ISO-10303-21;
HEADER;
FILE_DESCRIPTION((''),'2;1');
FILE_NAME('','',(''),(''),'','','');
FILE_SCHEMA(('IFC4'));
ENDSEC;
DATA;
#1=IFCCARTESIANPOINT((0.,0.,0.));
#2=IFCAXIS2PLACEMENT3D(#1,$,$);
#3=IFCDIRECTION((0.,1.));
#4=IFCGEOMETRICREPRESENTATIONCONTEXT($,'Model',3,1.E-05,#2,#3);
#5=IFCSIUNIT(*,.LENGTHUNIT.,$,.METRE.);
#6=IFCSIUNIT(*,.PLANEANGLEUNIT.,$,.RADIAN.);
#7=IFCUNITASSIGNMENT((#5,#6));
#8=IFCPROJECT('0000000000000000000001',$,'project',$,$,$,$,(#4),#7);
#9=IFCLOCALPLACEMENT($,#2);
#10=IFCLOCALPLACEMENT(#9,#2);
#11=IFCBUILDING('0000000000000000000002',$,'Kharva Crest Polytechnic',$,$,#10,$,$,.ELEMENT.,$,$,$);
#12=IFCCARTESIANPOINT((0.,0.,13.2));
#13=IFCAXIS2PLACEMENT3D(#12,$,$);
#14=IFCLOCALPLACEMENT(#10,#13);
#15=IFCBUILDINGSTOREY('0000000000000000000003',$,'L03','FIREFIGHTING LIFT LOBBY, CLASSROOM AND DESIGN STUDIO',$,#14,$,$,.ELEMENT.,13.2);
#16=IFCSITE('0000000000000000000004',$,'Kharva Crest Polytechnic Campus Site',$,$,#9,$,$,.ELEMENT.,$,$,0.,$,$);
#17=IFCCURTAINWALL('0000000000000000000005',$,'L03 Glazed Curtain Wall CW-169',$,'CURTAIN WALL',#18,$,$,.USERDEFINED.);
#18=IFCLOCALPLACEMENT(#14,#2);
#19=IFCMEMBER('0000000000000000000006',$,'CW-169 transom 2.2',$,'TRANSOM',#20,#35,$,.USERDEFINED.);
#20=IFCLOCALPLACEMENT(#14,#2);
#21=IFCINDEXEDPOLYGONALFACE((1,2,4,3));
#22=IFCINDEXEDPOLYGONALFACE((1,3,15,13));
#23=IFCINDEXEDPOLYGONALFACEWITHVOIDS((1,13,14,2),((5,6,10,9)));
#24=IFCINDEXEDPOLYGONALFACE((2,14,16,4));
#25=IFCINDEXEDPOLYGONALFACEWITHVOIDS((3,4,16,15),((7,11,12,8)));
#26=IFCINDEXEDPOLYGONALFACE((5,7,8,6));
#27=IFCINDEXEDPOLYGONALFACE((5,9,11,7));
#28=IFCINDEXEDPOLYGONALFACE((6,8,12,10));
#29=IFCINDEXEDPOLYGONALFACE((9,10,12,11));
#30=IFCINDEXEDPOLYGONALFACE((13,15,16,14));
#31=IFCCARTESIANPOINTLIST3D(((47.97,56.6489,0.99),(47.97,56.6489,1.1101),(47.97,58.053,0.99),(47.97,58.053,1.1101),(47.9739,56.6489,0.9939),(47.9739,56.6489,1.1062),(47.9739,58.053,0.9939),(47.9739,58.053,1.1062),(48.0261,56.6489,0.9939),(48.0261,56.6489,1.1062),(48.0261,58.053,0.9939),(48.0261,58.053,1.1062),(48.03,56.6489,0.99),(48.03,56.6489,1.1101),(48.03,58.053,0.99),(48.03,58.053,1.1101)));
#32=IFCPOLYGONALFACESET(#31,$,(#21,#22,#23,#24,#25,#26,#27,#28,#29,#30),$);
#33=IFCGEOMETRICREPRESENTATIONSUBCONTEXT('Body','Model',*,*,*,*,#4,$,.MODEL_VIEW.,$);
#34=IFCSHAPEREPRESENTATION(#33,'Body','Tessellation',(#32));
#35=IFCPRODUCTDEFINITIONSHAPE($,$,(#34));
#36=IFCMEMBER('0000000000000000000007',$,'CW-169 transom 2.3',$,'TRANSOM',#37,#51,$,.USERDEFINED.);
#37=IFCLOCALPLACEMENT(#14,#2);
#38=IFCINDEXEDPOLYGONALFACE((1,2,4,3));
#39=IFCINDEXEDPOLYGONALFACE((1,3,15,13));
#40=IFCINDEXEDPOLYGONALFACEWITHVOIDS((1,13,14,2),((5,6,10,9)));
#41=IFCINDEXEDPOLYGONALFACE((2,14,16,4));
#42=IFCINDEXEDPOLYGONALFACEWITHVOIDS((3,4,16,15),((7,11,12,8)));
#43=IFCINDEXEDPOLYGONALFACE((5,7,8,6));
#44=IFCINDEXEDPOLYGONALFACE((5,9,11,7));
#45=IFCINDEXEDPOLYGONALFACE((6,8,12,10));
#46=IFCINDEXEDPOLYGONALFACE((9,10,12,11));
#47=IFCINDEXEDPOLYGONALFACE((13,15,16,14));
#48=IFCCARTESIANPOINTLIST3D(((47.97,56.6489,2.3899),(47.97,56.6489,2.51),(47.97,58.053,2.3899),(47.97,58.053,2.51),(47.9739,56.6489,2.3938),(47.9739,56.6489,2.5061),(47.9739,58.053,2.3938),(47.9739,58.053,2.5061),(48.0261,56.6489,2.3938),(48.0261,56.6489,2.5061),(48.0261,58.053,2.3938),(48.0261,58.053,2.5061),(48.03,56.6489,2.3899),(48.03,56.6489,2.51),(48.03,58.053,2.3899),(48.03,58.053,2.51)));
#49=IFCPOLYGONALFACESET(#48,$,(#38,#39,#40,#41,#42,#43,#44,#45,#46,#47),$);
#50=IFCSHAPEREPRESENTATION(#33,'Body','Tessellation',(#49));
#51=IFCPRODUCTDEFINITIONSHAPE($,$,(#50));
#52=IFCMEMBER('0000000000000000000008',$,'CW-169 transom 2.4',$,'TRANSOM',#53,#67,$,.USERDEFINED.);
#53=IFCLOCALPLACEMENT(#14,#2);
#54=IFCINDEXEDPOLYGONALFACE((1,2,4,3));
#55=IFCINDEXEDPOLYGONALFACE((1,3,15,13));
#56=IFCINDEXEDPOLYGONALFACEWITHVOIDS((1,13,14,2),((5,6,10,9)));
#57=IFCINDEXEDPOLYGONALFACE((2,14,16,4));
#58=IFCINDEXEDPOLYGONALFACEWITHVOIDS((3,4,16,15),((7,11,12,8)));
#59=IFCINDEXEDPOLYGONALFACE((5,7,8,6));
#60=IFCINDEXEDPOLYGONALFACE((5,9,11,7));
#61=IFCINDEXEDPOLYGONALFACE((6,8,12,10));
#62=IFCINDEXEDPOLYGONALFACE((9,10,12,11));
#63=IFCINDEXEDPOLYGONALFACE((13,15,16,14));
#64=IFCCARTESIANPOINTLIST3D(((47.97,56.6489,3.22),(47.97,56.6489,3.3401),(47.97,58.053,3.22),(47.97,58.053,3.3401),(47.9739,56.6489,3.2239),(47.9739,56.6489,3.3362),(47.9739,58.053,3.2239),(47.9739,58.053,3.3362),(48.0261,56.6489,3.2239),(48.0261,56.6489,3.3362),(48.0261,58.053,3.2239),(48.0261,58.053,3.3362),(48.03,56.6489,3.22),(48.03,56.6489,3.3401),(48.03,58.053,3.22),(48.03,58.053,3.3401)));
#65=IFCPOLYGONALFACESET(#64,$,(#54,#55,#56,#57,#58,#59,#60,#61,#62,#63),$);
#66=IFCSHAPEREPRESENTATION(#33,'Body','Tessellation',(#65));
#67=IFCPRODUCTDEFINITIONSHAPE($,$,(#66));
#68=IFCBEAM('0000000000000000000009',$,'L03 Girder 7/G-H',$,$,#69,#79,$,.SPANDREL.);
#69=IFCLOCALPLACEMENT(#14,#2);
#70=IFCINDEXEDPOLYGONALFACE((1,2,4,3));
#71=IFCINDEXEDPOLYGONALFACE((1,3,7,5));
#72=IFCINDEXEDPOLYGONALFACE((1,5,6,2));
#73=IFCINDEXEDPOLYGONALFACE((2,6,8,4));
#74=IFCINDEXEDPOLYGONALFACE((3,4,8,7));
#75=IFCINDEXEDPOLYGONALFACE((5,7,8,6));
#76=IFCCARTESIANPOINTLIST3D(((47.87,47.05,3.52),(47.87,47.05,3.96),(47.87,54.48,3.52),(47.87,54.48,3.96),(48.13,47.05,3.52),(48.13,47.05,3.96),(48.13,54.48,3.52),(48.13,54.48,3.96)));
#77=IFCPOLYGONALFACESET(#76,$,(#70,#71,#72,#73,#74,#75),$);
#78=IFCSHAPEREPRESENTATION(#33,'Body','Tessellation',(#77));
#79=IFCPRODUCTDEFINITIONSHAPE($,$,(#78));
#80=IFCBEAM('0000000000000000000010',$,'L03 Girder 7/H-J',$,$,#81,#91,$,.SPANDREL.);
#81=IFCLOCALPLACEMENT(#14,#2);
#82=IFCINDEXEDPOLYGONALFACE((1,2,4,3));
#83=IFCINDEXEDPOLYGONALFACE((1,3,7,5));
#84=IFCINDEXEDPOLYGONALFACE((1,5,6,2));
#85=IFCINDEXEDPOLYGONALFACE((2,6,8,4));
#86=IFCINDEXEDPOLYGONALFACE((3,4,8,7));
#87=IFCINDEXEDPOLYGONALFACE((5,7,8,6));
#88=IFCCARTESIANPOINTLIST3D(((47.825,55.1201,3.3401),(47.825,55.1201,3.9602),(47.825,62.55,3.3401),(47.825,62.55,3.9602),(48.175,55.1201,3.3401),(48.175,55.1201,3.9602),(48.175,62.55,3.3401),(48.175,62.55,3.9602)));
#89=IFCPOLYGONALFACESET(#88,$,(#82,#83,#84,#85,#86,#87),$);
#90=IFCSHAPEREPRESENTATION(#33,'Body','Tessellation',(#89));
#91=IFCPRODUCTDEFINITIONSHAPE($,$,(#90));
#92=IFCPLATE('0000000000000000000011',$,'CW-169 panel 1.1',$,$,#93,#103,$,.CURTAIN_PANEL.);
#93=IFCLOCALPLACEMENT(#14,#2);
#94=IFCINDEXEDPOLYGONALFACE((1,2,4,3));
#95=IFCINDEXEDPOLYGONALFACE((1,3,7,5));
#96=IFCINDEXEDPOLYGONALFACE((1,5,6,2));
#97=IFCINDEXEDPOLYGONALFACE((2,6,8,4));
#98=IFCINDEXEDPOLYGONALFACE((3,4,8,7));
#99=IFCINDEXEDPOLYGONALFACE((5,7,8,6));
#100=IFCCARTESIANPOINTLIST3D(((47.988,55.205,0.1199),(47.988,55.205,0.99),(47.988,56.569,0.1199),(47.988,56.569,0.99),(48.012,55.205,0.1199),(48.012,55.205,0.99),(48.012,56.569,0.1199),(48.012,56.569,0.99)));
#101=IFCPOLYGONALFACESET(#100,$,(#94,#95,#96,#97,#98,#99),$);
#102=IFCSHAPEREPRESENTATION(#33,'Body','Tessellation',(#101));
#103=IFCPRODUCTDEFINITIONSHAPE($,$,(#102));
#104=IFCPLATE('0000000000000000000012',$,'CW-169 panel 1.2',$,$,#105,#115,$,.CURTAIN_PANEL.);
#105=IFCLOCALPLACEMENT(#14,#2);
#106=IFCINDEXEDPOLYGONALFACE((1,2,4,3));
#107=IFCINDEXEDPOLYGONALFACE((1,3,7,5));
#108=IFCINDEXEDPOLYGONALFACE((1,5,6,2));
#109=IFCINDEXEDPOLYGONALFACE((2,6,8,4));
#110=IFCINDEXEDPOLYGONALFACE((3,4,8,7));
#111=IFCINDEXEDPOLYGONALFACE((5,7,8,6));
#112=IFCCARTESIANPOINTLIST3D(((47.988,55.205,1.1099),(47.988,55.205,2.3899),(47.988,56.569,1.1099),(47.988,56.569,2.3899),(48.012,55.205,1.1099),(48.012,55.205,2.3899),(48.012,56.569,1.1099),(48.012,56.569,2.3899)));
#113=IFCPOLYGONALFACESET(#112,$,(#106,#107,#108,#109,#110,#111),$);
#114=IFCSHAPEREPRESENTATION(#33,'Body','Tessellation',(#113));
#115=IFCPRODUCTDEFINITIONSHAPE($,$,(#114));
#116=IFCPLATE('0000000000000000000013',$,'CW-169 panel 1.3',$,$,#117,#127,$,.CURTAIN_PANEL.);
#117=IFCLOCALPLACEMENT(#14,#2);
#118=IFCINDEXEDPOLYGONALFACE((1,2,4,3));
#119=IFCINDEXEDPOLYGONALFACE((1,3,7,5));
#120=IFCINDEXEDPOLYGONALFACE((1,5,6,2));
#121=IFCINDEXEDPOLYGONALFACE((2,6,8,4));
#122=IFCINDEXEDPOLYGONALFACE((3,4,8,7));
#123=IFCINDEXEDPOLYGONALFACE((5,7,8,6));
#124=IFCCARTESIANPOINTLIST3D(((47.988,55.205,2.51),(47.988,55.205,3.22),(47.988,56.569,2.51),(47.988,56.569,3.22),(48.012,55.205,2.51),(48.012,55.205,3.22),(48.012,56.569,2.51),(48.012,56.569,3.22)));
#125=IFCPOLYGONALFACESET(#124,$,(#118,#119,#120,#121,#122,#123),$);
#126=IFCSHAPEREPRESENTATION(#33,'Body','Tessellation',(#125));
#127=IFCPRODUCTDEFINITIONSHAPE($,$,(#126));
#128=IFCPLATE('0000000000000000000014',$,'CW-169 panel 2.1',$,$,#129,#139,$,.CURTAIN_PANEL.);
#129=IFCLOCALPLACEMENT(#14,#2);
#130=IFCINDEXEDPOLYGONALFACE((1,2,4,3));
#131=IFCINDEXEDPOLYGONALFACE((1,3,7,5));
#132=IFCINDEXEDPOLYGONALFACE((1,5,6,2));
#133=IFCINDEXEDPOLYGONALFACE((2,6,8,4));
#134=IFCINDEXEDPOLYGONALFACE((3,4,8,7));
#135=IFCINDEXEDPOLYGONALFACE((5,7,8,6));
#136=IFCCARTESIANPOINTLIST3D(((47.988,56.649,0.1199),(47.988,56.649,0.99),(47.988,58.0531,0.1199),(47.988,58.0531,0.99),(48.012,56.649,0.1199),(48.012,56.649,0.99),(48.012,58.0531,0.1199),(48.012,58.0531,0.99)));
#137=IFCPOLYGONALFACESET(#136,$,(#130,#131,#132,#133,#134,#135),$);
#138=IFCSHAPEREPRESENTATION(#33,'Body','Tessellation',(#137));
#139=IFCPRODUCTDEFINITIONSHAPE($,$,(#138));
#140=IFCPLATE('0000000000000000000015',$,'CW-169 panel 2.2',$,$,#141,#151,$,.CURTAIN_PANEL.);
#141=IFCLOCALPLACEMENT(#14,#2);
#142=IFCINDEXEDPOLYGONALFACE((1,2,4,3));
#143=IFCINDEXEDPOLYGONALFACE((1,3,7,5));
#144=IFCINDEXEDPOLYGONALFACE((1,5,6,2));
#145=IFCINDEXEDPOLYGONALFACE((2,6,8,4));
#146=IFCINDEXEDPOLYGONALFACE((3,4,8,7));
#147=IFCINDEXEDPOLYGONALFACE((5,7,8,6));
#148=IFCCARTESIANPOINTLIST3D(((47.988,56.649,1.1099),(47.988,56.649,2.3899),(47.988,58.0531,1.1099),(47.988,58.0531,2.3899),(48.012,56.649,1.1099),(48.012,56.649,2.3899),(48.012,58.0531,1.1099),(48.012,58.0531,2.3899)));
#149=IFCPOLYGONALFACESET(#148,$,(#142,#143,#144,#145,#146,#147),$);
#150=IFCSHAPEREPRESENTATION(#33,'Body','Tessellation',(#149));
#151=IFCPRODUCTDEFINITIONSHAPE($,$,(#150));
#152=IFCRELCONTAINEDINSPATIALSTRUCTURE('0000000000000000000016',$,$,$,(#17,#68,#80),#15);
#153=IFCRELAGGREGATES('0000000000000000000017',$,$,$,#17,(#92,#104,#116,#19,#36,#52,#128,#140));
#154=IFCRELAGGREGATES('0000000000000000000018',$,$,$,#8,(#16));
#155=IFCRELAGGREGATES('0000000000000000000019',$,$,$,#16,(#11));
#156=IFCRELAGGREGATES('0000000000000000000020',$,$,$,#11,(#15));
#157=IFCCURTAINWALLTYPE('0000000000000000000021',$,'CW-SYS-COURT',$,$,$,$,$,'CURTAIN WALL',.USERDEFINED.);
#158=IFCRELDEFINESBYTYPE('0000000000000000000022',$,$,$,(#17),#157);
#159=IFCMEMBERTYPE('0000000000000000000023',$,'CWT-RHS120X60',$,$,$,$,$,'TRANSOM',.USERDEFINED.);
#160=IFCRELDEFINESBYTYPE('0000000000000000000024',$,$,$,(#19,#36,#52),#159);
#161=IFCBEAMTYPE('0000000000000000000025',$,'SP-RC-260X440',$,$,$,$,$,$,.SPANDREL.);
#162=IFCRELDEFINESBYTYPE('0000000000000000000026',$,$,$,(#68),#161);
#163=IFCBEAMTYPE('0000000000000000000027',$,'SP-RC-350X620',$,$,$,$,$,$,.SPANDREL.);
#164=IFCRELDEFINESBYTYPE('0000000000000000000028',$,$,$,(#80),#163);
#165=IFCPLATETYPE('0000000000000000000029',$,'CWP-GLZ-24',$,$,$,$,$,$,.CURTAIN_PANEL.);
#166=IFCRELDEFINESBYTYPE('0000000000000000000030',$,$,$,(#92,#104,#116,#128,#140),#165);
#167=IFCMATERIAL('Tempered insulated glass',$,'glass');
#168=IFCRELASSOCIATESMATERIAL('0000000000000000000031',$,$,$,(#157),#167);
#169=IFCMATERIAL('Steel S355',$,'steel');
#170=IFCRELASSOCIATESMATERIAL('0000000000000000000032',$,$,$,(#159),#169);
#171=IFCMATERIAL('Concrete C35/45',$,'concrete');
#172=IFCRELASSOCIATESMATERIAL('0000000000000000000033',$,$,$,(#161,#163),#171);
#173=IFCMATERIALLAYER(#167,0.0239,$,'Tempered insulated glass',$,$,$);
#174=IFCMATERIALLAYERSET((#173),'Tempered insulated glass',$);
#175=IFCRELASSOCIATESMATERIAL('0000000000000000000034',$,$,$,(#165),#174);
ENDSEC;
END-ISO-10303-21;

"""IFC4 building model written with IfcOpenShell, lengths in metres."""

from ifc_helpers import new_model, si_unit, direction, frame, origin, origin_2d, place, context, subcontext, project, spatial, rectangle, hollow_rectangle, extrude, material, layer, layer_set, material_profile, profile_set, type_object, element, aggregate, save


model = new_model("IFC4")

# Units and contexts
model_context = context("Model", 3, precision=1e-05, world=origin(), true_north=direction((0.0, 1.0)))
body_context = subcontext(model_context, "Body", "Model", "MODEL_VIEW")
ifc_project = project(units=[si_unit("LENGTHUNIT", "METRE"), si_unit("PLANEANGLEUNIT", "RADIAN")], contexts=[model_context])

# Site, building, storey
site_placement = place(None, origin())
site = spatial("IfcSite", under=ifc_project, at=site_placement, Name="Kharva Crest Polytechnic Campus Site", CompositionType="ELEMENT", RefElevation=0.0)
building_placement = place(site_placement, origin())
building = spatial("IfcBuilding", under=site, at=building_placement, Name="Kharva Crest Polytechnic", CompositionType="ELEMENT")
storey_placement = place(building_placement, frame((0.0, 0.0, 13.2)))
storey = spatial("IfcBuildingStorey", under=building, at=storey_placement, Name="L03", Description="FIREFIGHTING LIFT LOBBY, CLASSROOM AND DESIGN STUDIO", CompositionType="ELEMENT", Elevation=13.2)

# Curtain wall, members
ifc_material_1 = material(Name="Tempered insulated glass", Category="glass")
curtain_wall_type = type_object("IfcCurtainWallType", Name="CW-SYS-COURT", ElementType="CURTAIN WALL", PredefinedType="USERDEFINED", material=ifc_material_1)
curtain_wall_placement = place(storey_placement, origin())
curtain_wall = element("IfcCurtainWall", 1, at=curtain_wall_placement, inside=storey, type_object=curtain_wall_type, Name="L03 Glazed Curtain Wall CW-169", ObjectType="CURTAIN WALL", PredefinedType="USERDEFINED")
ifc_material_2 = material(Name="Steel S355", Category="steel")
ifc_material_profile_1 = material_profile(ifc_material_2, hollow_rectangle(XDim=0.0601, YDim=0.1201, WallThickness=0.0039, at=origin_2d()), Name="RHS 120X60X4.0")
ifc_profile_set_1 = profile_set([ifc_material_profile_1], Name="Steel S355")
member_type_1 = type_object("IfcMemberType", Name="CWT-RHS120X60", ElementType="TRANSOM", PredefinedType="USERDEFINED", material=ifc_profile_set_1)
member_1_placement = place(storey_placement, frame((48.0, 56.6489, 1.05), z_axis=(0.0, 1.0, 0.0), x_axis=(-1.0, 0.0, 0.0)))
member_1 = element("IfcMember", 2, at=member_1_placement, type_object=member_type_1, Name="CW-169 transom 2.2", ObjectType="TRANSOM", PredefinedType="USERDEFINED", context=body_context, shape_type="SweptSolid", body=[
    extrude(hollow_rectangle(XDim=0.0601, YDim=0.1201, WallThickness=0.0039, at=origin_2d()), origin(), (0.0, 0.0, 1.0), 1.4041),
])
member_2_placement = place(storey_placement, frame((48.0, 56.6489, 2.45), z_axis=(0.0, 1.0, 0.0), x_axis=(-1.0, 0.0, 0.0)))
member_2 = element("IfcMember", 3, at=member_2_placement, type_object=member_type_1, Name="CW-169 transom 2.3", ObjectType="TRANSOM", PredefinedType="USERDEFINED", context=body_context, shape_type="SweptSolid", body=[
    extrude(hollow_rectangle(XDim=0.0601, YDim=0.1201, WallThickness=0.0039, at=origin_2d()), origin(), (0.0, 0.0, 1.0), 1.4041),
])
member_3_placement = place(storey_placement, frame((48.0, 56.6489, 3.28), z_axis=(0.0, 1.0, 0.0), x_axis=(-1.0, 0.0, 0.0)))
member_3 = element("IfcMember", 4, at=member_3_placement, type_object=member_type_1, Name="CW-169 transom 2.4", ObjectType="TRANSOM", PredefinedType="USERDEFINED", context=body_context, shape_type="SweptSolid", body=[
    extrude(hollow_rectangle(XDim=0.0601, YDim=0.1201, WallThickness=0.0039, at=origin_2d()), origin(), (0.0, 0.0, 1.0), 1.4041),
])

# Beams
ifc_material_3 = material(Name="Concrete C35/45", Category="concrete")
ifc_material_profile_2 = material_profile(ifc_material_3, rectangle(XDim=0.26, YDim=0.4399, at=origin_2d()), Name="RECT 260 X 440")
ifc_profile_set_2 = profile_set([ifc_material_profile_2], Name="Concrete C35/45")
beam_type_1 = type_object("IfcBeamType", Name="SP-RC-260X440", PredefinedType="SPANDREL", material=ifc_profile_set_2)
beam_1_placement = place(storey_placement, frame((48.0, 47.05, 3.74), z_axis=(0.0, 1.0, 0.0), x_axis=(-1.0, 0.0, 0.0)))
element("IfcBeam", 5, at=beam_1_placement, inside=storey, type_object=beam_type_1, Name="L03 Girder 7/G-H", PredefinedType="SPANDREL", context=body_context, shape_type="SweptSolid", body=[
    extrude(rectangle(XDim=0.26, YDim=0.4399, at=origin_2d()), origin(), (0.0, 0.0, 1.0), 7.4299),
])
ifc_material_profile_3 = material_profile(ifc_material_3, rectangle(XDim=0.3501, YDim=0.6201, at=origin_2d()), Name="RECT 350 X 620")
ifc_profile_set_3 = profile_set([ifc_material_profile_3], Name="Concrete C35/45")
beam_type_2 = type_object("IfcBeamType", Name="SP-RC-350X620", PredefinedType="SPANDREL", material=ifc_profile_set_3)
beam_2_placement = place(storey_placement, frame((48.0, 55.1201, 3.6501), z_axis=(0.0, 1.0, 0.0), x_axis=(-1.0, 0.0, 0.0)))
element("IfcBeam", 6, at=beam_2_placement, inside=storey, type_object=beam_type_2, Name="L03 Girder 7/H-J", PredefinedType="SPANDREL", context=body_context, shape_type="SweptSolid", body=[
    extrude(rectangle(XDim=0.3501, YDim=0.6201, at=origin_2d()), origin(), (0.0, 0.0, 1.0), 7.4299),
])

# Plates
ifc_layer_1 = layer(ifc_material_1, 0.0239, Name="Tempered insulated glass")
ifc_layer_set_1 = layer_set([ifc_layer_1], Name="Tempered insulated glass")
plate_type = type_object("IfcPlateType", Name="CWP-GLZ-24", PredefinedType="CURTAIN_PANEL", material=ifc_layer_set_1)
plate_1_placement = place(storey_placement, frame((48.0, 55.887, 0.1199), z_axis=(0.0, 0.0, 1.0), x_axis=(0.0, 1.0, 0.0)))
plate_1 = element("IfcPlate", 7, at=plate_1_placement, type_object=plate_type, Name="CW-169 panel 1.1", PredefinedType="CURTAIN_PANEL", context=body_context, shape_type="SweptSolid", body=[
    extrude(rectangle(XDim=1.364, YDim=0.0239, at=origin_2d()), origin(), (0.0, 0.0, 1.0), 0.8701),
])
plate_2_placement = place(storey_placement, frame((48.0, 55.887, 1.1099), z_axis=(0.0, 0.0, 1.0), x_axis=(0.0, 1.0, 0.0)))
plate_2 = element("IfcPlate", 8, at=plate_2_placement, type_object=plate_type, Name="CW-169 panel 1.2", PredefinedType="CURTAIN_PANEL", context=body_context, shape_type="SweptSolid", body=[
    extrude(rectangle(XDim=1.364, YDim=0.0239, at=origin_2d()), origin(), (0.0, 0.0, 1.0), 1.28),
])
plate_3_placement = place(storey_placement, frame((48.0, 55.887, 2.51), z_axis=(0.0, 0.0, 1.0), x_axis=(0.0, 1.0, 0.0)))
plate_3 = element("IfcPlate", 9, at=plate_3_placement, type_object=plate_type, Name="CW-169 panel 1.3", PredefinedType="CURTAIN_PANEL", context=body_context, shape_type="SweptSolid", body=[
    extrude(rectangle(XDim=1.364, YDim=0.0239, at=origin_2d()), origin(), (0.0, 0.0, 1.0), 0.71),
])
plate_4_placement = place(storey_placement, frame((48.0, 57.3511, 0.1199), z_axis=(0.0, 0.0, 1.0), x_axis=(0.0, 1.0, 0.0)))
plate_4 = element("IfcPlate", 10, at=plate_4_placement, type_object=plate_type, Name="CW-169 panel 2.1", PredefinedType="CURTAIN_PANEL", context=body_context, shape_type="SweptSolid", body=[
    extrude(rectangle(XDim=1.4041, YDim=0.0239, at=origin_2d()), origin(), (0.0, 0.0, 1.0), 0.8701),
])
plate_5_placement = place(storey_placement, frame((48.0, 57.3511, 1.1099), z_axis=(0.0, 0.0, 1.0), x_axis=(0.0, 1.0, 0.0)))
plate_5 = element("IfcPlate", 11, at=plate_5_placement, type_object=plate_type, Name="CW-169 panel 2.2", PredefinedType="CURTAIN_PANEL", context=body_context, shape_type="SweptSolid", body=[
    extrude(rectangle(XDim=1.4041, YDim=0.0239, at=origin_2d()), origin(), (0.0, 0.0, 1.0), 1.28),
])
aggregate(curtain_wall, [plate_1, plate_2, plate_3, member_1, member_2, member_3, plate_4, plate_5])

save(model, "model.ifc")
